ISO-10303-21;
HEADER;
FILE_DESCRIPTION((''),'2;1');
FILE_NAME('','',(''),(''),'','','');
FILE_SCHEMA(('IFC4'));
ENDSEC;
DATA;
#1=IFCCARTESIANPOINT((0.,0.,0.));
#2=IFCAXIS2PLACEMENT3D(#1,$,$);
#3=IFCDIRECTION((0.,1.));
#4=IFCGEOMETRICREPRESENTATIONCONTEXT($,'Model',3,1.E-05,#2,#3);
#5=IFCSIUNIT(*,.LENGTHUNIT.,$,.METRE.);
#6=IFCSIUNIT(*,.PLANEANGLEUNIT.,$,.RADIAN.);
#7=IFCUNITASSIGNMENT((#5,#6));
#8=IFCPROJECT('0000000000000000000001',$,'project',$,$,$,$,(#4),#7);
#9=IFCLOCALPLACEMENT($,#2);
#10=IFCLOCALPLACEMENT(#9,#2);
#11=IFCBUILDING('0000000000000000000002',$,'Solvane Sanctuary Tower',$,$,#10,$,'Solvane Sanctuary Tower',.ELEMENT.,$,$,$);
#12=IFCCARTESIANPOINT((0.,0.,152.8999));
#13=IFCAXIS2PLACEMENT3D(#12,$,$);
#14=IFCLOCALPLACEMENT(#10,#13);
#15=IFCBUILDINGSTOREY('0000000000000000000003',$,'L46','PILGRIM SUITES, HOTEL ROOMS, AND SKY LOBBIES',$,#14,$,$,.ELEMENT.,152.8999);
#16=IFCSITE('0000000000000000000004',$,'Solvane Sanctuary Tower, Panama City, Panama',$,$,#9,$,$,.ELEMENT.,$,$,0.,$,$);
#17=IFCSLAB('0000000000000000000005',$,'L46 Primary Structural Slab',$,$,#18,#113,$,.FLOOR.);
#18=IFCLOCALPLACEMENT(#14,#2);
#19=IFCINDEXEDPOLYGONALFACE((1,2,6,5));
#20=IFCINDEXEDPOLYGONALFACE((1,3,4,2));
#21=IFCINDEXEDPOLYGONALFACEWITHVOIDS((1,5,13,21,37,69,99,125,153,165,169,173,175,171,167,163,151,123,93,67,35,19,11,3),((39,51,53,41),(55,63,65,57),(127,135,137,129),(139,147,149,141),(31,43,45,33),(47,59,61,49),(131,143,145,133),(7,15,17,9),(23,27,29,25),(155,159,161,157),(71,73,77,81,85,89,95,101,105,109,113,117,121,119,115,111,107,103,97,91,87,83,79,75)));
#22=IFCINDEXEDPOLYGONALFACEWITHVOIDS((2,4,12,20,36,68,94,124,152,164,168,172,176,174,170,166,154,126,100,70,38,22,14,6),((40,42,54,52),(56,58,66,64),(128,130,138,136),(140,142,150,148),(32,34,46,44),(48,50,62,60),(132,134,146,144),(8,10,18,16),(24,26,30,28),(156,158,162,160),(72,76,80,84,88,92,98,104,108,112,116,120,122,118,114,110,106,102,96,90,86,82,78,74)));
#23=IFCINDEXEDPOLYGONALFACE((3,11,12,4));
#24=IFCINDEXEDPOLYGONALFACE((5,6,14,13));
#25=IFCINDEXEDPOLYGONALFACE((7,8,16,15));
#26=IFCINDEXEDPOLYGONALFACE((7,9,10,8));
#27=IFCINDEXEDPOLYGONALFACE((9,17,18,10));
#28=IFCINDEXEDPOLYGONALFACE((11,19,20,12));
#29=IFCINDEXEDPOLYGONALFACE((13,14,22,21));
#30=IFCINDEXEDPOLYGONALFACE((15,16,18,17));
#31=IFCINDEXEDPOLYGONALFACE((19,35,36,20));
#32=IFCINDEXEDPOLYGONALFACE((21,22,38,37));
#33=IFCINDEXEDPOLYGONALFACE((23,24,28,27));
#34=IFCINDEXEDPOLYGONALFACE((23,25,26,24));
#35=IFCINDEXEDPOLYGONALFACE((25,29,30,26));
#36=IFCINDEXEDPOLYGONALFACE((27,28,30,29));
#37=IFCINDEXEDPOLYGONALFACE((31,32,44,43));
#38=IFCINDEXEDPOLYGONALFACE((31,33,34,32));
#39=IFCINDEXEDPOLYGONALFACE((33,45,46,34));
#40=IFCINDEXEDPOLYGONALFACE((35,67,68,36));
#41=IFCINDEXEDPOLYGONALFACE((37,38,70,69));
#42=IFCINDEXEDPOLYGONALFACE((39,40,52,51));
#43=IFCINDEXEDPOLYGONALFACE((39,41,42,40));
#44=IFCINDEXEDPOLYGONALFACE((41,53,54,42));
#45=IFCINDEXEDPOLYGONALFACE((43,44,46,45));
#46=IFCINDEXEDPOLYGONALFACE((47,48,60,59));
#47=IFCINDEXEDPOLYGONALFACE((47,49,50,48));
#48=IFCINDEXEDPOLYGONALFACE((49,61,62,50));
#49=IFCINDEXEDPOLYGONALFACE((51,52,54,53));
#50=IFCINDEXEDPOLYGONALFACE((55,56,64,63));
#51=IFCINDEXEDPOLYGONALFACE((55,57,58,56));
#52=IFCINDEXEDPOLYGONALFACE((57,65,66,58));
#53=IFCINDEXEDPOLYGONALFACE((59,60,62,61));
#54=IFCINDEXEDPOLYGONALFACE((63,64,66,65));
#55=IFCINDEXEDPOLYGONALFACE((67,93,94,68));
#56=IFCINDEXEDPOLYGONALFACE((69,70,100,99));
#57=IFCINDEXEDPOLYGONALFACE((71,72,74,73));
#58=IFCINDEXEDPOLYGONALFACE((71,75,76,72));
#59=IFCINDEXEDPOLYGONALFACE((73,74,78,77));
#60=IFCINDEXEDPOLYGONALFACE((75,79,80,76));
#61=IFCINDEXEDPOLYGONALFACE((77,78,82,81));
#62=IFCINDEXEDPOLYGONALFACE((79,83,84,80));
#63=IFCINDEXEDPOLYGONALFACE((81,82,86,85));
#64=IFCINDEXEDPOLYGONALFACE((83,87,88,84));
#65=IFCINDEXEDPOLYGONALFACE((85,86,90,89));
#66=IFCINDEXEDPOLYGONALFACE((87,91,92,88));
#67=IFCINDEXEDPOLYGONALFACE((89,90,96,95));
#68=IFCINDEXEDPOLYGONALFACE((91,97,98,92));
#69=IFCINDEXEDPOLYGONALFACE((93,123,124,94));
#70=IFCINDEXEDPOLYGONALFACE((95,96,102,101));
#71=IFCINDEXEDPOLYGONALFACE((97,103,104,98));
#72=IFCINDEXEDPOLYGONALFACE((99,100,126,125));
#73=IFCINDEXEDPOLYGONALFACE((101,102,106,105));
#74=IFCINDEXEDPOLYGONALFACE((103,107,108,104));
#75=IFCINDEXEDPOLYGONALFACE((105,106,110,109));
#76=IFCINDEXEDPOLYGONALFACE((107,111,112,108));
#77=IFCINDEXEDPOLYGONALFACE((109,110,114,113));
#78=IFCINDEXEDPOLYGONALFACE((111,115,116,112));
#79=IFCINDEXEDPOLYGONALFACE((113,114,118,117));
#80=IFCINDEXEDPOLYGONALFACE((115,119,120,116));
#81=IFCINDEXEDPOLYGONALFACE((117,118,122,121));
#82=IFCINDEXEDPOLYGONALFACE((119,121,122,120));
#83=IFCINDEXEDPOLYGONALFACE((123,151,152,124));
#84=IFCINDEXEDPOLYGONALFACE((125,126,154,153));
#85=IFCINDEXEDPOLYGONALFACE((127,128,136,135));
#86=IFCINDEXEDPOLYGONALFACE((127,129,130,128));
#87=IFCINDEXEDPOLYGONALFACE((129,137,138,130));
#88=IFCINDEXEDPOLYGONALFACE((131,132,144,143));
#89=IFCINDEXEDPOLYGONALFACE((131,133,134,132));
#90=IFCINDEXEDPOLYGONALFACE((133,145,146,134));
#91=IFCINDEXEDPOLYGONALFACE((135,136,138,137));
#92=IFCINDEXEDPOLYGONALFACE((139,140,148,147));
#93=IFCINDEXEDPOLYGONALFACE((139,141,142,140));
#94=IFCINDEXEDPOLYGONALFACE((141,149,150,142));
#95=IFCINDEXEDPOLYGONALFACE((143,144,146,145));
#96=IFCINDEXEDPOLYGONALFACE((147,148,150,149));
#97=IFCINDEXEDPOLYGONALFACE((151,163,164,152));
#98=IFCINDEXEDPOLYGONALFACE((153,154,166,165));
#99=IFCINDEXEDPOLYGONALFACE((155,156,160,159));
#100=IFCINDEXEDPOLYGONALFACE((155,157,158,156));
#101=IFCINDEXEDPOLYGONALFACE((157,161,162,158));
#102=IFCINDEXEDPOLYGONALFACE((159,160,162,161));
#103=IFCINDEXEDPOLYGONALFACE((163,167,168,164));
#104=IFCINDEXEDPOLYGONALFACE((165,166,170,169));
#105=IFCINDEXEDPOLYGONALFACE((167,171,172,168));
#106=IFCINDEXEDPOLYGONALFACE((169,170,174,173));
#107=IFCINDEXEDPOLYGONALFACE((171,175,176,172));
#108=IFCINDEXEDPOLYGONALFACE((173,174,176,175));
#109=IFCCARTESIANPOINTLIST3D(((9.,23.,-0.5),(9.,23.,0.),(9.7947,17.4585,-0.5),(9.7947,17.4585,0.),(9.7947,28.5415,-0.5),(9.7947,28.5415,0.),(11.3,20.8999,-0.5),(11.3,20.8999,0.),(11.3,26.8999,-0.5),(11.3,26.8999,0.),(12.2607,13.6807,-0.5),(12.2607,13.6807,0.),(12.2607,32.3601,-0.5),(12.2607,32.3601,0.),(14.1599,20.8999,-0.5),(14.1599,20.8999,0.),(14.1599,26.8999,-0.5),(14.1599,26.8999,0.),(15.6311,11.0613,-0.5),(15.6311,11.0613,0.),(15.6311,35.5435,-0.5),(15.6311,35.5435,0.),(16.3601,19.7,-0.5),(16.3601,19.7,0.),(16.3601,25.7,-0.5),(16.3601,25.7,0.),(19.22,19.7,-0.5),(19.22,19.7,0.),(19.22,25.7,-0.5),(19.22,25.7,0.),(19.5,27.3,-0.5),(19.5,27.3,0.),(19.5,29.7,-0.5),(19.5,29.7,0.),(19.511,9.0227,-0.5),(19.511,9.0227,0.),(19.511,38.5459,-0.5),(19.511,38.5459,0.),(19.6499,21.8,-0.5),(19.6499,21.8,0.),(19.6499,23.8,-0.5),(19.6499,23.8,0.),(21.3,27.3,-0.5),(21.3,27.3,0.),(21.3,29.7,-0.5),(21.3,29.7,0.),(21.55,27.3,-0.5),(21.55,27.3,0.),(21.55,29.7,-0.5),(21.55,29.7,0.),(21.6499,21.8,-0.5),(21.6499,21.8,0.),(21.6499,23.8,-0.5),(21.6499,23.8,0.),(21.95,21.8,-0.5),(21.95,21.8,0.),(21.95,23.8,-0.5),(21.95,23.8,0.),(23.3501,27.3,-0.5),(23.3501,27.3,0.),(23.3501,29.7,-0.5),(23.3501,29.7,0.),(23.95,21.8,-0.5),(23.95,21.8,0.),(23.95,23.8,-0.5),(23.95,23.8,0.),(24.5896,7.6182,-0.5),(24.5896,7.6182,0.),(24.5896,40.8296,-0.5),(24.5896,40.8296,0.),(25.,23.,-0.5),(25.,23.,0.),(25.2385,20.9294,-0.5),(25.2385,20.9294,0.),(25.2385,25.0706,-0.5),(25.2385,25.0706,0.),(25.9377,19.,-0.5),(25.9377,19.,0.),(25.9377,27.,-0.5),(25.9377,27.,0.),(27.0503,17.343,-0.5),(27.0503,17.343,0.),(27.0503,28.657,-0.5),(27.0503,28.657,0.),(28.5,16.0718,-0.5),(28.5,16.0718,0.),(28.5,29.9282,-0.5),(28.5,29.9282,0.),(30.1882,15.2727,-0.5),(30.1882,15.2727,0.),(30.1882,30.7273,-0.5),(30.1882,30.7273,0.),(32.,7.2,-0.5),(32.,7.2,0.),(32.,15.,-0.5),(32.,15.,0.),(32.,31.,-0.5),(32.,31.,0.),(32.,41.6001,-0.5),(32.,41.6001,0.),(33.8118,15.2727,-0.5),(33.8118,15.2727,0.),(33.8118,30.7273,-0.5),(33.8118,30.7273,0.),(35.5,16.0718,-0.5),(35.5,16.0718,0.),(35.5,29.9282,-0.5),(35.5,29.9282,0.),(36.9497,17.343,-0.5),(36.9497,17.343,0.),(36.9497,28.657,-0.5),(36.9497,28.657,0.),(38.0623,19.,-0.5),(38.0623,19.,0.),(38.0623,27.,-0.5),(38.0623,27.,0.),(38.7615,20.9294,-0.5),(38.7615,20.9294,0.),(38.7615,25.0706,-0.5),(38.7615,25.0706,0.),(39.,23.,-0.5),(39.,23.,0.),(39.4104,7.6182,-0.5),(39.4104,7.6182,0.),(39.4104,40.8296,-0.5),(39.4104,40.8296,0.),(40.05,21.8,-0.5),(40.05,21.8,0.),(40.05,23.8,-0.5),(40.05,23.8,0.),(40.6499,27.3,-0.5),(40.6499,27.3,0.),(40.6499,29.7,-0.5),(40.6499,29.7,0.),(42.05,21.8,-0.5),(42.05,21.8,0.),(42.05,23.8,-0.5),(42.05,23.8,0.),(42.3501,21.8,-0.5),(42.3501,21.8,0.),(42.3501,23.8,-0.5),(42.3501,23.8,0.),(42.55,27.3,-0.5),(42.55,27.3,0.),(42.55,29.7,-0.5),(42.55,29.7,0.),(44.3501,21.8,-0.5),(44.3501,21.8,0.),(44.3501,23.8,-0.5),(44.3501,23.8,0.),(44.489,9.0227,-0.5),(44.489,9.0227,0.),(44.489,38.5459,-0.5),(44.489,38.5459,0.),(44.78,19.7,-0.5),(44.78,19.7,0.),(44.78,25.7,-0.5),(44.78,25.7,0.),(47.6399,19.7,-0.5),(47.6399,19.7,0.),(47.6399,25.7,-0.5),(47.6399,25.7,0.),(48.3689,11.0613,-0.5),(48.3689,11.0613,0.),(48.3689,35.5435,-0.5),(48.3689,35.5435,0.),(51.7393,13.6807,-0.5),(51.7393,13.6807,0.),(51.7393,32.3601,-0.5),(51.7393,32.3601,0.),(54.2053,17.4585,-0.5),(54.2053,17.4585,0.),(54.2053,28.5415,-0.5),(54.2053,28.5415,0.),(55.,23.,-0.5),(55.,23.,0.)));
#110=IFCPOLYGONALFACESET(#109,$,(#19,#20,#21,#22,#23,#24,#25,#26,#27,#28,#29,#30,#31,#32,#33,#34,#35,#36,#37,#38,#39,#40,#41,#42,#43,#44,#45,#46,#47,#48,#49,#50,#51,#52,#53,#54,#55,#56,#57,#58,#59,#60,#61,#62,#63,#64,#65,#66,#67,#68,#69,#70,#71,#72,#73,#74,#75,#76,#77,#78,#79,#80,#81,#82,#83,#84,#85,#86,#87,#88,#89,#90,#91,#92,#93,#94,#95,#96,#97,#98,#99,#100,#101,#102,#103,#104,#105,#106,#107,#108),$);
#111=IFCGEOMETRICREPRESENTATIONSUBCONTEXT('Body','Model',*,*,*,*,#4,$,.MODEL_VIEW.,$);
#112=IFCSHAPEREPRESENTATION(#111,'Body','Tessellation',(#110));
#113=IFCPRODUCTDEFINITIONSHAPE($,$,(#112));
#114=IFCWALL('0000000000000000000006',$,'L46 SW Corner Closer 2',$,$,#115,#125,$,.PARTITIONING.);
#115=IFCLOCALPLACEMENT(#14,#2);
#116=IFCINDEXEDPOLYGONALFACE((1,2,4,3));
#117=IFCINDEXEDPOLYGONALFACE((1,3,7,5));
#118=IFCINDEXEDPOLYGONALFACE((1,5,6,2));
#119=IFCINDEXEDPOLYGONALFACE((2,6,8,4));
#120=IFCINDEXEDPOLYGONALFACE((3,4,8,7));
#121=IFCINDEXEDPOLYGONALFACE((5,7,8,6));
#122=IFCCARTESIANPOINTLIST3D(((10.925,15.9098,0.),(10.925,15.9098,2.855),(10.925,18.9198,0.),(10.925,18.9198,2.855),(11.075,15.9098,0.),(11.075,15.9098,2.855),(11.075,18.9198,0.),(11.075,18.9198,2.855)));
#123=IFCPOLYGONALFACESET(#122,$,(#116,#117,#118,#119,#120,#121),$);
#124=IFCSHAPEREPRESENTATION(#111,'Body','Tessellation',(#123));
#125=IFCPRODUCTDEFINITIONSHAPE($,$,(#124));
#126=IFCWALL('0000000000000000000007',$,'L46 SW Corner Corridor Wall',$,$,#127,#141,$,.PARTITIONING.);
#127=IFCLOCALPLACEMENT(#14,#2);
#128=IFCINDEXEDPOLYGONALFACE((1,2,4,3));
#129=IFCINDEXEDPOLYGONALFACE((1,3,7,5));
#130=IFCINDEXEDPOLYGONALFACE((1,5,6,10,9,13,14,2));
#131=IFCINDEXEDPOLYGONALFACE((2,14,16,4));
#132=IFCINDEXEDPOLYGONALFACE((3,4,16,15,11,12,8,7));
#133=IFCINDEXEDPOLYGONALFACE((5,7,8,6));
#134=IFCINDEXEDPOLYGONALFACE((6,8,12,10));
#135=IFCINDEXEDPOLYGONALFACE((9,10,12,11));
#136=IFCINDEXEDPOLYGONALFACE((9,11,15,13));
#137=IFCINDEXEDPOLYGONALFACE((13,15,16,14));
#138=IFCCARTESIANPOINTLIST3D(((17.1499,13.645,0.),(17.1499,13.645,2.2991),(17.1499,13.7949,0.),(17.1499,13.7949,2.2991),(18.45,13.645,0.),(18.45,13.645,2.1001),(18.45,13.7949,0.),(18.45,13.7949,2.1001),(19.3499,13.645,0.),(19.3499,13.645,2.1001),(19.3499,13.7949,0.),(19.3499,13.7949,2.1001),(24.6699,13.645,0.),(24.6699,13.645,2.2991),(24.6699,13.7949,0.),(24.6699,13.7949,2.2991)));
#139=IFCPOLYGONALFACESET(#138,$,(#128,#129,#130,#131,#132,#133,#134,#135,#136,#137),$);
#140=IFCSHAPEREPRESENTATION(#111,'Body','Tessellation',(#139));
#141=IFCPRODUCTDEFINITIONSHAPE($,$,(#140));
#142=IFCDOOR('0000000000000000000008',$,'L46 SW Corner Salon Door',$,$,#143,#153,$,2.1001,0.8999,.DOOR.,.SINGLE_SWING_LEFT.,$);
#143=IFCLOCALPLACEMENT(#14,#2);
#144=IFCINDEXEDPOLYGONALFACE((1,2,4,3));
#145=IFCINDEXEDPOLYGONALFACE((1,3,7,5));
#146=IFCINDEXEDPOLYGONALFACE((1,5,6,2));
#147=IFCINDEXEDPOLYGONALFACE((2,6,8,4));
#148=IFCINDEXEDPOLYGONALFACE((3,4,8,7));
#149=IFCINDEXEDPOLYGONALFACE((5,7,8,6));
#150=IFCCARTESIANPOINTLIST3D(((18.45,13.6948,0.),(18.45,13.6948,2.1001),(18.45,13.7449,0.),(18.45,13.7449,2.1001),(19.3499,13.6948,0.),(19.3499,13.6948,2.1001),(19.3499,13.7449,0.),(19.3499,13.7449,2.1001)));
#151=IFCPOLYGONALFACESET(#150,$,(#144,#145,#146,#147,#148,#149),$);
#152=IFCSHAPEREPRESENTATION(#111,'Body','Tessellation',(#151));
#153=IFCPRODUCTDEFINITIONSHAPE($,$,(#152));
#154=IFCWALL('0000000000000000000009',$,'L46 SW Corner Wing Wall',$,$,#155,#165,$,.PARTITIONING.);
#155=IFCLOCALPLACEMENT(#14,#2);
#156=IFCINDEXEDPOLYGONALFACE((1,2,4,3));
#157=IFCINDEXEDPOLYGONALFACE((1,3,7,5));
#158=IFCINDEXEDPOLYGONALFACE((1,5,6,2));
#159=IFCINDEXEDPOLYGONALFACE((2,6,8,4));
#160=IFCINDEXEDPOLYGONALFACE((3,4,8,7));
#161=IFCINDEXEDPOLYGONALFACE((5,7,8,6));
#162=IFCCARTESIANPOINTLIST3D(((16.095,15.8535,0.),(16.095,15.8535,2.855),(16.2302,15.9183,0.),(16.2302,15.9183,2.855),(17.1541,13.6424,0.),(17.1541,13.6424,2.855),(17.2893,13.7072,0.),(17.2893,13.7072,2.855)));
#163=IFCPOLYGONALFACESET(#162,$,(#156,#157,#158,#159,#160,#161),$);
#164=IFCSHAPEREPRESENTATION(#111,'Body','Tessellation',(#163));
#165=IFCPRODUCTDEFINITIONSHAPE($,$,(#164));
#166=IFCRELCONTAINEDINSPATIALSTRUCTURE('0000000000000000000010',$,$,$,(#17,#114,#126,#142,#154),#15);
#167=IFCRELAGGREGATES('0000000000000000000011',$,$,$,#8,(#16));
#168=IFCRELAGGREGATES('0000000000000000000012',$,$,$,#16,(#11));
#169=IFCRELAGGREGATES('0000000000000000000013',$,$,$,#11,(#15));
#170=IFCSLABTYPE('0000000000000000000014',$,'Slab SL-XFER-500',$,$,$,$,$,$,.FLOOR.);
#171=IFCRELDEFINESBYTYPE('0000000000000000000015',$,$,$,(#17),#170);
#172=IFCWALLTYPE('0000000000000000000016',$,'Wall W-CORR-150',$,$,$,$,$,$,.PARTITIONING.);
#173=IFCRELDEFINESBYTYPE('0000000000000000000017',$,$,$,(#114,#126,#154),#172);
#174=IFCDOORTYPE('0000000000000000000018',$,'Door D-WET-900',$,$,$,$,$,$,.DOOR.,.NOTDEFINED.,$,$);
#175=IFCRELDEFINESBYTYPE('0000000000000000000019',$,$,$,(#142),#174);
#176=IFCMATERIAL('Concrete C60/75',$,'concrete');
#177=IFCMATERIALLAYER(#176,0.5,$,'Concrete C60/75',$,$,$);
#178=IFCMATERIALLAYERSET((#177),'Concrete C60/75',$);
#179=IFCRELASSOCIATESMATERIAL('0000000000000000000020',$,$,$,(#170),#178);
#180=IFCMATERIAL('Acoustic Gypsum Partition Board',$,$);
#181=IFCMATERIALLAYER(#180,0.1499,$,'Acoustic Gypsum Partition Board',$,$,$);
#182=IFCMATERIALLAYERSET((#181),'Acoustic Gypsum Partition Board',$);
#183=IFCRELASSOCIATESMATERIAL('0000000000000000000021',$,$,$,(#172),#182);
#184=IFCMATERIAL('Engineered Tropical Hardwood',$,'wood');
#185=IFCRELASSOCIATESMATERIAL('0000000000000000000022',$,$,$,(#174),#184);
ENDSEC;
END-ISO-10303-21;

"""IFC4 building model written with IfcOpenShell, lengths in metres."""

from ifc_helpers import new_model, si_unit, direction, frame, frame_2d, origin, place, context, subcontext, project, spatial, polyline, rectangle, outline, extrude, material, layer, layer_set, type_object, element, fill, save


model = new_model("IFC4")

# Units and contexts
model_context = context("Model", 3, precision=1e-05, world=origin(), true_north=direction((0.0, 1.0)))
body_context = subcontext(model_context, "Body", "Model", "MODEL_VIEW")
ifc_project = project(units=[si_unit("LENGTHUNIT", "METRE"), si_unit("PLANEANGLEUNIT", "RADIAN")], contexts=[model_context])

# Site, building, storey
site_placement = place(None, origin())
site = spatial("IfcSite", under=ifc_project, at=site_placement, Name="Solvane Sanctuary Tower, Panama City, Panama", CompositionType="ELEMENT", RefElevation=0.0)
building_placement = place(site_placement, origin())
building = spatial("IfcBuilding", under=site, at=building_placement, Name="Solvane Sanctuary Tower", LongName="Solvane Sanctuary Tower", CompositionType="ELEMENT")
storey_placement = place(building_placement, frame((0.0, 0.0, 152.8999)))
storey = spatial("IfcBuildingStorey", under=building, at=storey_placement, Name="L46", Description="PILGRIM SUITES, HOTEL ROOMS, AND SKY LOBBIES", CompositionType="ELEMENT", Elevation=152.8999)

# Shared definitions
ifc_material_1 = material(Name="Concrete C60/75", Category="concrete")

# Slab
ifc_layer_1 = layer(ifc_material_1, 0.5, Name="Concrete C60/75")
ifc_layer_set_1 = layer_set([ifc_layer_1], Name="Concrete C60/75")
slab_type_1 = type_object("IfcSlabType", Name="Slab SL-XFER-500", PredefinedType="FLOOR", material=ifc_layer_set_1)
slab_1_placement = place(storey_placement, frame((0.0, 0.0, -0.5)))
element("IfcSlab", 1, at=slab_1_placement, inside=storey, type_object=slab_type_1, Name="L46 Primary Structural Slab", PredefinedType="FLOOR", context=body_context, shape_type="SweptSolid", body=[
    extrude(outline(polyline([(55.0, 23.0), (54.2053, 28.5415), (51.7393, 32.3601), (48.3689, 35.5435), (44.489, 38.5459), (39.4104, 40.8296), (32.0, 41.6001), (24.5896, 40.8296), (19.511, 38.5459), (15.6311, 35.5435), (12.2607, 32.3601), (9.7947, 28.5415), (9.0, 23.0), (9.7947, 17.4585), (12.2607, 13.6807), (15.6311, 11.0613), (19.511, 9.0227), (24.5896, 7.6182), (32.0, 7.2), (39.4104, 7.6182), (44.489, 9.0227), (48.3689, 11.0613), (51.7393, 13.6807), (54.2053, 17.4585), (55.0, 23.0)]), holes=[polyline([(38.7615, 20.9294), (38.0623, 19.0), (36.9497, 17.343), (35.5, 16.0718), (33.8118, 15.2727), (32.0, 15.0), (30.1882, 15.2727), (28.5, 16.0718), (27.0503, 17.343), (25.9377, 19.0), (25.2385, 20.9294), (25.0, 23.0), (25.2385, 25.0706), (25.9377, 27.0), (27.0503, 28.657), (28.5, 29.9282), (30.1882, 30.7273), (32.0, 31.0), (33.8118, 30.7273), (35.5, 29.9282), (36.9497, 28.657), (38.0623, 27.0), (38.7615, 25.0706), (39.0, 23.0), (38.7615, 20.9294)]), polyline([(16.3601, 19.7), (16.3601, 25.7), (19.22, 25.7), (19.22, 19.7), (16.3601, 19.7)]), polyline([(44.78, 19.7), (44.78, 25.7), (47.6399, 25.7), (47.6399, 19.7), (44.78, 19.7)]), polyline([(11.3, 20.8999), (11.3, 26.8999), (14.1599, 26.8999), (14.1599, 20.8999), (11.3, 20.8999)]), polyline([(19.6499, 23.8), (21.6499, 23.8), (21.6499, 21.8), (19.6499, 21.8), (19.6499, 23.8)]), polyline([(42.3501, 23.8), (44.3501, 23.8), (44.3501, 21.8), (42.3501, 21.8), (42.3501, 23.8)]), polyline([(21.95, 23.8), (23.95, 23.8), (23.95, 21.8), (21.95, 21.8), (21.95, 23.8)]), polyline([(40.05, 23.8), (42.05, 23.8), (42.05, 21.8), (40.05, 21.8), (40.05, 23.8)]), polyline([(19.5, 29.7), (21.3, 29.7), (21.3, 27.3), (19.5, 27.3), (19.5, 29.7)]), polyline([(21.55, 29.7), (23.3501, 29.7), (23.3501, 27.3), (21.55, 27.3), (21.55, 29.7)]), polyline([(40.6499, 29.7), (42.55, 29.7), (42.55, 27.3), (40.6499, 27.3), (40.6499, 29.7)])]), origin(), (0.0, 0.0, 1.0), 0.5),
])

# Wall
ifc_material_2 = material(Name="Acoustic Gypsum Partition Board")
ifc_layer_2 = layer(ifc_material_2, 0.1499, Name="Acoustic Gypsum Partition Board")
ifc_layer_set_2 = layer_set([ifc_layer_2], Name="Acoustic Gypsum Partition Board")
wall_type_1 = type_object("IfcWallType", Name="Wall W-CORR-150", PredefinedType="PARTITIONING", material=ifc_layer_set_2)
wall_1_placement = place(storey_placement, frame((11.0, 15.9099, 0.0), z_axis=(0.0, 0.0, 1.0), x_axis=(0.0, 1.0, 0.0)))
element("IfcWall", 2, at=wall_1_placement, inside=storey, type_object=wall_type_1, Name="L46 SW Corner Closer 2", PredefinedType="PARTITIONING", context=body_context, shape_type="SweptSolid", body=[
    extrude(rectangle(XDim=3.01, YDim=0.1499, at=frame_2d((1.5049, 0.0))), origin(), (0.0, 0.0, 1.0), 2.855),
])

# Wall, opening, door
wall_2_placement = place(storey_placement, frame((17.1499, 13.72, 0.0), z_axis=(0.0, 0.0, 1.0), x_axis=(1.0, 0.0, 0.0)))
wall_2 = element("IfcWall", 3, at=wall_2_placement, inside=storey, type_object=wall_type_1, Name="L46 SW Corner Corridor Wall", PredefinedType="PARTITIONING", context=body_context, shape_type="SweptSolid", body=[
    extrude(rectangle(XDim=7.52, YDim=0.1499, at=frame_2d((3.76, 0.0))), origin(), (0.0, 0.0, 1.0), 2.2991),
])
opening_1_placement = place(wall_2_placement, frame((1.3, 0.0, 0.0)))
opening_1 = element("IfcOpeningElement", 4, at=opening_1_placement, cuts=wall_2, PredefinedType="OPENING", context=body_context, shape_type="SweptSolid", body=[
    extrude(rectangle(XDim=0.8999, YDim=2.1001, at=frame_2d((0.45, 1.05))), frame((0.0, 0.085, 0.0), z_axis=(0.0, -1.0, 0.0), x_axis=(1.0, 0.0, 0.0)), (0.0, 0.0, 1.0), 0.1699),
])
ifc_material_3 = material(Name="Engineered Tropical Hardwood", Category="wood")
door_type = type_object("IfcDoorType", Name="Door D-WET-900", OperationType="NOTDEFINED", PredefinedType="DOOR", material=ifc_material_3)
door_placement = place(opening_1_placement, origin())
door = element("IfcDoor", 5, at=door_placement, inside=storey, type_object=door_type, Name="L46 SW Corner Salon Door", OperationType="SINGLE_SWING_LEFT", OverallHeight=2.1001, OverallWidth=0.8999, PredefinedType="DOOR", context=body_context, shape_type="SweptSolid", body=[
    extrude(rectangle(XDim=0.8999, YDim=2.1001, at=frame_2d((0.45, 1.05))), frame((0.0, 0.0249, 0.0), z_axis=(0.0, -1.0, 0.0), x_axis=(1.0, 0.0, 0.0)), (0.0, 0.0, 1.0), 0.05),
])
fill(opening_1, door)

# Wall
wall_3_placement = place(storey_placement, frame((17.2217, 13.6748, 0.0), z_axis=(0.0, 0.0, 1.0), x_axis=(-0.431973, 0.901886, 0.0)))
element("IfcWall", 6, at=wall_3_placement, inside=storey, type_object=wall_type_1, Name="L46 SW Corner Wing Wall", PredefinedType="PARTITIONING", context=body_context, shape_type="SweptSolid", body=[
    extrude(rectangle(XDim=2.4517, YDim=0.1499, at=frame_2d((1.2258, 0.0))), origin(), (0.0, 0.0, 1.0), 2.855),
])

save(model, "model.ifc")
